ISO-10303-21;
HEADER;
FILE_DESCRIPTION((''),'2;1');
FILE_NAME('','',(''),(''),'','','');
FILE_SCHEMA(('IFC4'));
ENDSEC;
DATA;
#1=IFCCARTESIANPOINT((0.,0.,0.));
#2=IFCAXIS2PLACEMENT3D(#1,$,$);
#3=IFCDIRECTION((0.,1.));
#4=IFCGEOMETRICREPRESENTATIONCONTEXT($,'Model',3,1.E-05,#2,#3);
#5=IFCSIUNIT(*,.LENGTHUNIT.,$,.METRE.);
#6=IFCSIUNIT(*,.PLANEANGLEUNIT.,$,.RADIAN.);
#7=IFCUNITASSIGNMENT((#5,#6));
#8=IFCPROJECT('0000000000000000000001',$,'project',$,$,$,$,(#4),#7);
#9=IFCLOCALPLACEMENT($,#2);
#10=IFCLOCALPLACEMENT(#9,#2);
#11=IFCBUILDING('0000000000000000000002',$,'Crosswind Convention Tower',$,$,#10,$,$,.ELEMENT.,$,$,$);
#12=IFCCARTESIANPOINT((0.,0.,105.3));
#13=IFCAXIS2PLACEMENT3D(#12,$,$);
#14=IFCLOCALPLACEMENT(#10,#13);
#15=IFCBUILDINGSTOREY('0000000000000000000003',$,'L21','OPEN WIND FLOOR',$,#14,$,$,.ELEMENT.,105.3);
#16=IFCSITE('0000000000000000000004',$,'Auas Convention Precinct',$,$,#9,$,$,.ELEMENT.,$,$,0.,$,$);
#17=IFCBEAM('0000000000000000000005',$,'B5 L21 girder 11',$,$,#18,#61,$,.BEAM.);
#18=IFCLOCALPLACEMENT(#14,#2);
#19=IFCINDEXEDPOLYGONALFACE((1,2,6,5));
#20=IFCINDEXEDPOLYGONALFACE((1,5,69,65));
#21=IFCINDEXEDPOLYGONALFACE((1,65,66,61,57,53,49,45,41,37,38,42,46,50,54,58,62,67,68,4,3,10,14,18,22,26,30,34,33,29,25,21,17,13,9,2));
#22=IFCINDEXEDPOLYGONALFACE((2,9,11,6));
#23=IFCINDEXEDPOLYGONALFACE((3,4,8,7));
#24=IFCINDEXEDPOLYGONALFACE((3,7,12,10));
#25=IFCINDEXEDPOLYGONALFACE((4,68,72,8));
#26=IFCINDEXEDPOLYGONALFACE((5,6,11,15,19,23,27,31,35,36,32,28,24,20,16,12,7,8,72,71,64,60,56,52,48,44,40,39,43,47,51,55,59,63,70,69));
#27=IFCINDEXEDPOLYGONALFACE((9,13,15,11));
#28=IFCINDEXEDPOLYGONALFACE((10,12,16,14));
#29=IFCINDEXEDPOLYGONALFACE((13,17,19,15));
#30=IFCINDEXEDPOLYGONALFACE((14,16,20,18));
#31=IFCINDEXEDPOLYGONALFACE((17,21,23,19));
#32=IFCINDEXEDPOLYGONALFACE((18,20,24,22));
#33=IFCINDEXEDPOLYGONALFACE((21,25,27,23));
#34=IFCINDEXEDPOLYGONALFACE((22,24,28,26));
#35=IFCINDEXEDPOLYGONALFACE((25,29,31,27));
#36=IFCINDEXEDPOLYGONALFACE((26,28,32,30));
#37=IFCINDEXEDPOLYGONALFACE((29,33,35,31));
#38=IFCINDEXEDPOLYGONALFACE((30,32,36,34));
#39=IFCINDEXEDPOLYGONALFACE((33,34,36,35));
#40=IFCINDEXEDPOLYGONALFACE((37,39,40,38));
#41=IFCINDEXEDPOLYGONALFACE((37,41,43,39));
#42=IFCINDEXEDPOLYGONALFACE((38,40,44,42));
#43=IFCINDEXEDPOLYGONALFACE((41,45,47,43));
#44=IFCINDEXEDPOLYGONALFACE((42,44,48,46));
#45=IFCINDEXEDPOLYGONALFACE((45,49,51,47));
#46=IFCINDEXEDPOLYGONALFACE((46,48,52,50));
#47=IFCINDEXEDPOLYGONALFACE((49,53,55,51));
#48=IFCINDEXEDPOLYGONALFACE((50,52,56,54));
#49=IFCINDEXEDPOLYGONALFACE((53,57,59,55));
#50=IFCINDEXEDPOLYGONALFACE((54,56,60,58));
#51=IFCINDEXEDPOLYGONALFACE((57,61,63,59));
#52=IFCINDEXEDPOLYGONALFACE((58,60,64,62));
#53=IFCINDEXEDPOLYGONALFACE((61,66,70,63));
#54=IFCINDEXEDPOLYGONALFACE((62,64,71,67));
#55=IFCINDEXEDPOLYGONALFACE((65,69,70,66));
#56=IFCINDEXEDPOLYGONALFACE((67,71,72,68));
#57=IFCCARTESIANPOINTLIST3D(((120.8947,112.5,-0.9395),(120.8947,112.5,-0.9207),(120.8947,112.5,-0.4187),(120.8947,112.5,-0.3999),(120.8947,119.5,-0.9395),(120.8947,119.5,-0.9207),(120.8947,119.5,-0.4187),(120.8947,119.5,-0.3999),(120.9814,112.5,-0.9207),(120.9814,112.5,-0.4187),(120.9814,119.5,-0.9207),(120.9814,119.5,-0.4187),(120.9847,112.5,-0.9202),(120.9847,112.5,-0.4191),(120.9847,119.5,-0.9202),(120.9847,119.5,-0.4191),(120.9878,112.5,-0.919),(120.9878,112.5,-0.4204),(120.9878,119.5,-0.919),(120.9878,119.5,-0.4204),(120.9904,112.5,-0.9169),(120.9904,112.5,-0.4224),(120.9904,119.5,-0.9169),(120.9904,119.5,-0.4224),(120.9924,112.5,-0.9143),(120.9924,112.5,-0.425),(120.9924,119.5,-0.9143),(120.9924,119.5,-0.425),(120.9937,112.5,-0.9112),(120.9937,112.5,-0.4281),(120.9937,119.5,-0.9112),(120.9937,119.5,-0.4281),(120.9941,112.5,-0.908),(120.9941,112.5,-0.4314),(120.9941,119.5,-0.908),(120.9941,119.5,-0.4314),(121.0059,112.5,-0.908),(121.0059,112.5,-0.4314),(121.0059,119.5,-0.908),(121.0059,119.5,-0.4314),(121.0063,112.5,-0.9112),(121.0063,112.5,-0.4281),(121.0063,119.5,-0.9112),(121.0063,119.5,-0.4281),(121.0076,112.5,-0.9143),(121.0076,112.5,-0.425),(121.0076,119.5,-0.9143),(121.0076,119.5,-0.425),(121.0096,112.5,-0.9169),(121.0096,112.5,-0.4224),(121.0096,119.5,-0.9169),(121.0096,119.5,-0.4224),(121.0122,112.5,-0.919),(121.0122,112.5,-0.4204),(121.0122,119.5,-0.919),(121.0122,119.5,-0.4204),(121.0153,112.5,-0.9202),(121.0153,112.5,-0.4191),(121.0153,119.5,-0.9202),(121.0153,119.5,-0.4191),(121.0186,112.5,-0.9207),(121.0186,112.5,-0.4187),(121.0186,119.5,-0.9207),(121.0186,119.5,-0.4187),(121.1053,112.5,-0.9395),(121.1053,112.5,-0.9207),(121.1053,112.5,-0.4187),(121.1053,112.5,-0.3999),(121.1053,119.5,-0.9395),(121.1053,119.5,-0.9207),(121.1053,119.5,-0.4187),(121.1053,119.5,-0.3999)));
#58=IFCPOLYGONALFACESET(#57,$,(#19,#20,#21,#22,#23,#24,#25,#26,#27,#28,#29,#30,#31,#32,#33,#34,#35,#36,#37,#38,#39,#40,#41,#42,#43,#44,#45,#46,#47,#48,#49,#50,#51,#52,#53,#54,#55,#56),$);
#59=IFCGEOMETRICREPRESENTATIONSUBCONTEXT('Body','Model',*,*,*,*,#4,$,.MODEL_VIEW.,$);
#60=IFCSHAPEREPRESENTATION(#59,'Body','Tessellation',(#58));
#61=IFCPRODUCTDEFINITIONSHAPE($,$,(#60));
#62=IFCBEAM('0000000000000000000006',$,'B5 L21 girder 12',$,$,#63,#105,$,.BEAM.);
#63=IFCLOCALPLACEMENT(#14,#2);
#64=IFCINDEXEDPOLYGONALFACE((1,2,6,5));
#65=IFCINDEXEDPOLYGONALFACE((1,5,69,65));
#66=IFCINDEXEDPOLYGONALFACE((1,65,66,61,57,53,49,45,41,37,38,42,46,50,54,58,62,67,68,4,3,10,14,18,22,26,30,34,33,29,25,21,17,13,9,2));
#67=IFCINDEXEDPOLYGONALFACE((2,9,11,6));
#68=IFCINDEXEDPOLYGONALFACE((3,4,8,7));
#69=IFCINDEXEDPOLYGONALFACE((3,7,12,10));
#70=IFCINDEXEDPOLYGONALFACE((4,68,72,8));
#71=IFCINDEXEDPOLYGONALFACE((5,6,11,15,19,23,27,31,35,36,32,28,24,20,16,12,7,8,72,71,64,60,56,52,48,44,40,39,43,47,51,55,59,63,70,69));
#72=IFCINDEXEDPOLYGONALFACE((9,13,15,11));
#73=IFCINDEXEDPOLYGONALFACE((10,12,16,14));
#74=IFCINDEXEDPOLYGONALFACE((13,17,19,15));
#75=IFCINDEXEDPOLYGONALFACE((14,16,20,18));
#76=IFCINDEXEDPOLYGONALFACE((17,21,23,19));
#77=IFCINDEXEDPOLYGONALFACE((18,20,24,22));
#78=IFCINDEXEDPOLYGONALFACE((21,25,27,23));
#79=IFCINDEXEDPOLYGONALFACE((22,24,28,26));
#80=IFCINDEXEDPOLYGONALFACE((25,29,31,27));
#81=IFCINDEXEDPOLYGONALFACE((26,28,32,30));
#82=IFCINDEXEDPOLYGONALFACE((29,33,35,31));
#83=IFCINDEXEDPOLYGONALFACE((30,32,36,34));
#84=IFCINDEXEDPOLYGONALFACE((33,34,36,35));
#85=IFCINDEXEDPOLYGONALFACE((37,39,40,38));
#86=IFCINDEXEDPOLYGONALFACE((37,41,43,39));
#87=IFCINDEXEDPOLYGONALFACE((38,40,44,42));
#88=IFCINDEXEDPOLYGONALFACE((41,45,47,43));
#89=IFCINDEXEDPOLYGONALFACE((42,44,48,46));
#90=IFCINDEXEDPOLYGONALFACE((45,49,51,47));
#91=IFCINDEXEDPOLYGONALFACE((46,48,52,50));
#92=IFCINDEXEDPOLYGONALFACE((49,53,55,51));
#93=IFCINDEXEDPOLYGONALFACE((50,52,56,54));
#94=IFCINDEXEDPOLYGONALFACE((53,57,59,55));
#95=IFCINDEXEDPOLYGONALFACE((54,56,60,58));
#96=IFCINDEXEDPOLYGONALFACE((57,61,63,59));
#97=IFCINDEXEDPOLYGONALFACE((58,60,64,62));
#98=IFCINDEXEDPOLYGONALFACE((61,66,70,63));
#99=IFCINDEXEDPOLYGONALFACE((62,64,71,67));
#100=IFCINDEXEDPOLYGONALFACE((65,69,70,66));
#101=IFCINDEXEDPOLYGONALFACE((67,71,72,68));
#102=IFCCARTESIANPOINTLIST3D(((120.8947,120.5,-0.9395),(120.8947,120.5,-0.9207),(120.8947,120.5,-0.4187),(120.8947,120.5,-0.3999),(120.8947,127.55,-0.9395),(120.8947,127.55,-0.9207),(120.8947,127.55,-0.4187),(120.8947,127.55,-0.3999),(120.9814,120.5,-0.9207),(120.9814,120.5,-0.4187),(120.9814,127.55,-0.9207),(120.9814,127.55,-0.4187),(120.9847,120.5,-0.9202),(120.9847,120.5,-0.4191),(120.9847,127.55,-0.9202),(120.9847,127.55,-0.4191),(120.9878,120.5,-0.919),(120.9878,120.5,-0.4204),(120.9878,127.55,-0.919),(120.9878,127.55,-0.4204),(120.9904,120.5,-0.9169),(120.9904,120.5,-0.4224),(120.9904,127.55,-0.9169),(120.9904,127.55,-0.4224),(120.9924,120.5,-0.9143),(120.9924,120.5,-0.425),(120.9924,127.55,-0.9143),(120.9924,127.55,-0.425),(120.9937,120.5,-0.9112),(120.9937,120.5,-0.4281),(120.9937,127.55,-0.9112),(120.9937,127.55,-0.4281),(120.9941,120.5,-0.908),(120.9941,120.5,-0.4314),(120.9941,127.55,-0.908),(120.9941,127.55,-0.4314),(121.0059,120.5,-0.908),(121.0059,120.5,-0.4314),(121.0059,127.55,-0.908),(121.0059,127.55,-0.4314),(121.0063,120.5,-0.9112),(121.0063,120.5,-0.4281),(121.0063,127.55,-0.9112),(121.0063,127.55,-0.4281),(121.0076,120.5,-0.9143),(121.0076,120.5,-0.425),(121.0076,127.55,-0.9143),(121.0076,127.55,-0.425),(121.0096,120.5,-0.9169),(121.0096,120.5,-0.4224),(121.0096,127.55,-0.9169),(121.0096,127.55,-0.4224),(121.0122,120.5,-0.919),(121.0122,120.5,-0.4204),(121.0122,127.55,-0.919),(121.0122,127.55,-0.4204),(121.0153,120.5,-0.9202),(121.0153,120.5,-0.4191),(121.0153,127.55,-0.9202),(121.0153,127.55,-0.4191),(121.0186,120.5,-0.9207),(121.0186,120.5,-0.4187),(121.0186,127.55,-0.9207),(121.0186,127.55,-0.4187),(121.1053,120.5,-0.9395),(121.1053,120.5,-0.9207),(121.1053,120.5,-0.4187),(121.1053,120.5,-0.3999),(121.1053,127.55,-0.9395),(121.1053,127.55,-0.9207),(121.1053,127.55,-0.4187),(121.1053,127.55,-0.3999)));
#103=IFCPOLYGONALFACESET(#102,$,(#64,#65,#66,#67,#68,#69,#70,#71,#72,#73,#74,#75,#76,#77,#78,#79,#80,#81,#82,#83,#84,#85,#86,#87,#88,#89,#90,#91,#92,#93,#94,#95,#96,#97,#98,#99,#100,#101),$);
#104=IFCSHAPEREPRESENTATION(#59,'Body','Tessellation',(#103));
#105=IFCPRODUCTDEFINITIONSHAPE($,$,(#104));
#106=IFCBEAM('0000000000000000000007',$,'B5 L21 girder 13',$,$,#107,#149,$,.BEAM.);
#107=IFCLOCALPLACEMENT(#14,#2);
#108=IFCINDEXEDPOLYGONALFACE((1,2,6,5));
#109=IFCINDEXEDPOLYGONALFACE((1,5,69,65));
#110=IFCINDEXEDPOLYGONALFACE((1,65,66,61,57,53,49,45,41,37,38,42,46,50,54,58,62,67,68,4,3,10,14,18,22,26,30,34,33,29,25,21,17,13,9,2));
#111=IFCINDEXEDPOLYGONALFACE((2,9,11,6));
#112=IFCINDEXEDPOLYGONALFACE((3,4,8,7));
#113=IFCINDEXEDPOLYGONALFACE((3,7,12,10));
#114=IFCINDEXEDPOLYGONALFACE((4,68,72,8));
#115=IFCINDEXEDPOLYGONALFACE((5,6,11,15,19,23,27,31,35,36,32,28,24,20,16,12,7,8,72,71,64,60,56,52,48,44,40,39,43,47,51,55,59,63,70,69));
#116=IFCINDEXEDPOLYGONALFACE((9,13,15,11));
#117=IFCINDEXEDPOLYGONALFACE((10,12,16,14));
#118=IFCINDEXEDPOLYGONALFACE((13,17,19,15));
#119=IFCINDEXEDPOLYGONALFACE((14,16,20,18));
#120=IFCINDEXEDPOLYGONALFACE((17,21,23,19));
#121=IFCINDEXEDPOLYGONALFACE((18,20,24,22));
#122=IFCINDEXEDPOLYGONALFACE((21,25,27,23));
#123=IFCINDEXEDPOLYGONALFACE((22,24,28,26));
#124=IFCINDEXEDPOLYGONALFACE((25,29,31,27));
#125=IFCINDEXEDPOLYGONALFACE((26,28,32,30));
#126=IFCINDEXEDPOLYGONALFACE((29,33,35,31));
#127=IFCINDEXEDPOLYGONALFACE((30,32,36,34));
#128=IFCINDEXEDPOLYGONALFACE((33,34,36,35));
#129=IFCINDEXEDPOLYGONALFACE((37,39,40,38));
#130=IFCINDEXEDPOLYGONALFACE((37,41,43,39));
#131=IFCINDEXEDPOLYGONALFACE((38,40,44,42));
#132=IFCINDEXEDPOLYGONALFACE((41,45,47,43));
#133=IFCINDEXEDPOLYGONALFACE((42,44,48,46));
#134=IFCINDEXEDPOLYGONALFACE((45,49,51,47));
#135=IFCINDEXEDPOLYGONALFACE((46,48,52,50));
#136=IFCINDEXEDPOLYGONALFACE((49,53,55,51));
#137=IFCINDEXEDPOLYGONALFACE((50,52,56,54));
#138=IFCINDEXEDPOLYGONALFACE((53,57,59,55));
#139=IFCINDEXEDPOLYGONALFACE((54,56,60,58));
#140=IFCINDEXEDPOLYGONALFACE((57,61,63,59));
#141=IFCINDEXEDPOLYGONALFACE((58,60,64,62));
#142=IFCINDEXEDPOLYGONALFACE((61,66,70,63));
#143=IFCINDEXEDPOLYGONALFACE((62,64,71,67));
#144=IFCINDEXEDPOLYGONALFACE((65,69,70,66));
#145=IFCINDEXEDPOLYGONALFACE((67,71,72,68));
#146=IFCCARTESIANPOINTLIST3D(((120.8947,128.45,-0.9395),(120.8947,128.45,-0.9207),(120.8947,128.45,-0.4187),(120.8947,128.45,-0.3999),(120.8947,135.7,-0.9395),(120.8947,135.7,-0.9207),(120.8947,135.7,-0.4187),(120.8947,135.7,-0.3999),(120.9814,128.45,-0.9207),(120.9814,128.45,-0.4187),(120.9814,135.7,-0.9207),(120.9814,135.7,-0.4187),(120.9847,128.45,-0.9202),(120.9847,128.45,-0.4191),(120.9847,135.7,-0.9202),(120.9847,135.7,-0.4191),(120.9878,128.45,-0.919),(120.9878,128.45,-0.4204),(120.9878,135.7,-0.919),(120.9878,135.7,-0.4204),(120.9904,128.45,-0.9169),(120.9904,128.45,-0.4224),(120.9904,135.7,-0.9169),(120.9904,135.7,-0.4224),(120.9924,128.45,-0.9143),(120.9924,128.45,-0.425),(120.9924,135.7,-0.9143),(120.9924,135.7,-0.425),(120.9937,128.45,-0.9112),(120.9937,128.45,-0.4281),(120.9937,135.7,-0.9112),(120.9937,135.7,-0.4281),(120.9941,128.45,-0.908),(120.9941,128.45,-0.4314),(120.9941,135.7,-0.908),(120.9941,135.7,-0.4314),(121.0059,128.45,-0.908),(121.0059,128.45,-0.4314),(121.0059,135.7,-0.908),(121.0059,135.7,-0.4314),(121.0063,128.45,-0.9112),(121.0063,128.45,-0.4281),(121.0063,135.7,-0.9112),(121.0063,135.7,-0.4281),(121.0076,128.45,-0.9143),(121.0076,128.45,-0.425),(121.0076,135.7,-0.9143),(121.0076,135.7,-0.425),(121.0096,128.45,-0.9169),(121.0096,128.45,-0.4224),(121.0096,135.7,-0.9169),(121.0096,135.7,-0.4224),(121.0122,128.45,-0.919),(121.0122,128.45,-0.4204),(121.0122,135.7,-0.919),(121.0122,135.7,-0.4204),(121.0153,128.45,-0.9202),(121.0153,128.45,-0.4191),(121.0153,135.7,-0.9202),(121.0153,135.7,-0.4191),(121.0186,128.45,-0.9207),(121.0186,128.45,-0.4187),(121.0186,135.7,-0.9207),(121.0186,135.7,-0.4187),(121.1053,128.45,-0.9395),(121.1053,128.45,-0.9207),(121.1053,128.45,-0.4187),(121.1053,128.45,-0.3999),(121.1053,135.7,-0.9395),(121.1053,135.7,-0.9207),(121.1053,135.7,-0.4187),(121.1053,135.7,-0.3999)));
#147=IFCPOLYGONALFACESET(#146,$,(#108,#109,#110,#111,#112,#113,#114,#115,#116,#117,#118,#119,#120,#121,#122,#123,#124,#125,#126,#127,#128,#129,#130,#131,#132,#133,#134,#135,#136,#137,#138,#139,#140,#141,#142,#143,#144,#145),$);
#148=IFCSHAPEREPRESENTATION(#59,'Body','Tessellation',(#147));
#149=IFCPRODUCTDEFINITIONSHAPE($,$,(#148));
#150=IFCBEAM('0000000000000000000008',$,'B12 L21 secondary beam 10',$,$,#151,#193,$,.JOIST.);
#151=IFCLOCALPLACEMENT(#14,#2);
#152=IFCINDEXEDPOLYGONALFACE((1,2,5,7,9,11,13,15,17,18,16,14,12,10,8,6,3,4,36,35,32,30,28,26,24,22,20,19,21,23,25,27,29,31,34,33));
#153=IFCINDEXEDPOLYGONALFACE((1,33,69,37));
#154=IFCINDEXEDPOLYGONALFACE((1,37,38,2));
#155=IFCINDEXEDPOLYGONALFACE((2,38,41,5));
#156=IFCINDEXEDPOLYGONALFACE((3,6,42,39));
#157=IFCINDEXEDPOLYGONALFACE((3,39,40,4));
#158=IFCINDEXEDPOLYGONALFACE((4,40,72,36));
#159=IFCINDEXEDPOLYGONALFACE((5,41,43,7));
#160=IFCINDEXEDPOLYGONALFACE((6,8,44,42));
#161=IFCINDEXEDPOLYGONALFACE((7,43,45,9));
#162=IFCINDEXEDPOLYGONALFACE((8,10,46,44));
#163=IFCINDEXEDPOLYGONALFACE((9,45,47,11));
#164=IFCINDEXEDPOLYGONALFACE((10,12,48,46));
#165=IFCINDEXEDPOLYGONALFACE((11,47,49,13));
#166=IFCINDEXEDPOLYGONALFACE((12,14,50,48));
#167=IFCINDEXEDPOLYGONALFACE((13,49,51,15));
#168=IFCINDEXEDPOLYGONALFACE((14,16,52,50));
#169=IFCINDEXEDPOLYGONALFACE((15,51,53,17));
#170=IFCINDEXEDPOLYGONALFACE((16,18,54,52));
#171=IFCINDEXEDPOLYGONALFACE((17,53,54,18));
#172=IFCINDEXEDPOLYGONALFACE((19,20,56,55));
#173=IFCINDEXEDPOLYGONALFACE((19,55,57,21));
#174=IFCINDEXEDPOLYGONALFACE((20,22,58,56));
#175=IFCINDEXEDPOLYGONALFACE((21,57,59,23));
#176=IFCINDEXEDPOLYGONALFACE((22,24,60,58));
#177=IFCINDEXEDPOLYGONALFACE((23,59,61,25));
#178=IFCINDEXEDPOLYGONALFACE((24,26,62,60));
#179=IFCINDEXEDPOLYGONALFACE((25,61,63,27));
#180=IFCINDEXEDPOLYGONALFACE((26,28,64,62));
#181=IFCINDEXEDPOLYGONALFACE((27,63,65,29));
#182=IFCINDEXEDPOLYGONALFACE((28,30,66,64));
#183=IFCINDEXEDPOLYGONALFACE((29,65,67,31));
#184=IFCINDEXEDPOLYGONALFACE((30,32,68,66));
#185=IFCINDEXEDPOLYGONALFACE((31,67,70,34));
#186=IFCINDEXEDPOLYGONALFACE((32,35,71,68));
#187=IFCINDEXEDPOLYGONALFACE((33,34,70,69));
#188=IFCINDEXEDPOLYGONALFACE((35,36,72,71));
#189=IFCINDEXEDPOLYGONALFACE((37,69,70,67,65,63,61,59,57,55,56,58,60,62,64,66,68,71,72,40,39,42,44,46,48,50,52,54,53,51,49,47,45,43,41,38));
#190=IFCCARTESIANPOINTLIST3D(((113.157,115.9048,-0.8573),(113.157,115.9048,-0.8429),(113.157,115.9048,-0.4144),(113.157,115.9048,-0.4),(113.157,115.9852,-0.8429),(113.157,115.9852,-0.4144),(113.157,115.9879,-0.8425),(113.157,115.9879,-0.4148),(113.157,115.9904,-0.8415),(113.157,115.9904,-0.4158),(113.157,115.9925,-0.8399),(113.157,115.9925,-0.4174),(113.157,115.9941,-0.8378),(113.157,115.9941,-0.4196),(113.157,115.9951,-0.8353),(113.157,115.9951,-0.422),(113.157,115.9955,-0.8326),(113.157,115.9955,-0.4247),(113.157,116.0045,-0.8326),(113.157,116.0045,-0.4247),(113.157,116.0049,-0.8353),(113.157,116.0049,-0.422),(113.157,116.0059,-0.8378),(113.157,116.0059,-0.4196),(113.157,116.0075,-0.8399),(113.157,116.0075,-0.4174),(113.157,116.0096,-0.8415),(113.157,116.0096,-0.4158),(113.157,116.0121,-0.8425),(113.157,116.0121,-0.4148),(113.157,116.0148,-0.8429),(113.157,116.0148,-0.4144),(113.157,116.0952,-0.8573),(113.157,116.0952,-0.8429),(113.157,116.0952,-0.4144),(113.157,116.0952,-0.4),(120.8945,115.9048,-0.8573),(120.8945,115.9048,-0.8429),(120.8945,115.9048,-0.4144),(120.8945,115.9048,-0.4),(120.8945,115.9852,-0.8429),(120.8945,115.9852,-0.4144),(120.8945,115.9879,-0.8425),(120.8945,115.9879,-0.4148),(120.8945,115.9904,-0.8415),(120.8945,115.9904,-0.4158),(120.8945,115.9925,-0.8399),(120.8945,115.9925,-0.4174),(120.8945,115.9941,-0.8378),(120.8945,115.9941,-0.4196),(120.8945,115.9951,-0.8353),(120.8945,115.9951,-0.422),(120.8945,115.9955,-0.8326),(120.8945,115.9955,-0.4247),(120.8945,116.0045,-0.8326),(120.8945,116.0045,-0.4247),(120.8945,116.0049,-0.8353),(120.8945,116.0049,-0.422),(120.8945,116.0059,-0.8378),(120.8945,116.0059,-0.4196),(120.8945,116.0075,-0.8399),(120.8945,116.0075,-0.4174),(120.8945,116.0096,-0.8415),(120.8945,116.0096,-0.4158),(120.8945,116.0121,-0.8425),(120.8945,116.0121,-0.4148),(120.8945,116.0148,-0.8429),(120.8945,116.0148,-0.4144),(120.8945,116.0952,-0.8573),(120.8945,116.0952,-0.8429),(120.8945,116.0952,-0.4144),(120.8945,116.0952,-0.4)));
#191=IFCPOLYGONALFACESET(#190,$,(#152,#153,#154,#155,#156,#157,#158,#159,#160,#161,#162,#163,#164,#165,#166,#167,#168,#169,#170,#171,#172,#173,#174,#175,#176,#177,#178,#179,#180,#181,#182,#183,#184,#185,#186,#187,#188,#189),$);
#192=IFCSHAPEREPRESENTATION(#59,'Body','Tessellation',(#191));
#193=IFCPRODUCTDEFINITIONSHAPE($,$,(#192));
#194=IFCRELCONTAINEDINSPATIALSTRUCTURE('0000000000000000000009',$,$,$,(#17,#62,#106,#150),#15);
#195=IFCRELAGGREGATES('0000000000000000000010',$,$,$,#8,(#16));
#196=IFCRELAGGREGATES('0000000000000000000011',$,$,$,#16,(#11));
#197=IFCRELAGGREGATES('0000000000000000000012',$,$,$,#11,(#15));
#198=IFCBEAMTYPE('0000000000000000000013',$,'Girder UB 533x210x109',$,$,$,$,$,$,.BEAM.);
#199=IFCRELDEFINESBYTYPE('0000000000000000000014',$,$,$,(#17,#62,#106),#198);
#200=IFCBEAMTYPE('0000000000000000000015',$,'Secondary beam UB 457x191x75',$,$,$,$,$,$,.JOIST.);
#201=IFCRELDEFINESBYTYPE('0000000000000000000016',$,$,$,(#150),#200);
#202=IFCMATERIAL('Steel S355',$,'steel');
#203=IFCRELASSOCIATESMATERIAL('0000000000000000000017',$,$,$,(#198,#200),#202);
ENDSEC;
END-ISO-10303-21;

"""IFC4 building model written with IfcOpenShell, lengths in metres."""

from ifc_helpers import new_model, si_unit, direction, frame, origin, origin_2d, place, context, subcontext, project, spatial, i_section, extrude, material, material_profile, profile_set, type_object, element, save


model = new_model("IFC4")

# Units and contexts
model_context = context("Model", 3, precision=1e-05, world=origin(), true_north=direction((0.0, 1.0)))
body_context = subcontext(model_context, "Body", "Model", "MODEL_VIEW")
ifc_project = project(units=[si_unit("LENGTHUNIT", "METRE"), si_unit("PLANEANGLEUNIT", "RADIAN")], contexts=[model_context])

# Site, building, storey
site_placement = place(None, origin())
site = spatial("IfcSite", under=ifc_project, at=site_placement, Name="Auas Convention Precinct", CompositionType="ELEMENT", RefElevation=0.0)
building_placement = place(site_placement, origin())
building = spatial("IfcBuilding", under=site, at=building_placement, Name="Crosswind Convention Tower", CompositionType="ELEMENT")
storey_placement = place(building_placement, frame((0.0, 0.0, 105.3)))
storey = spatial("IfcBuildingStorey", under=building, at=storey_placement, Name="L21", Description="OPEN WIND FLOOR", CompositionType="ELEMENT", Elevation=105.3)

# Beams
ifc_material_1 = material(Name="Steel S355", Category="steel")
ifc_material_profile_1 = material_profile(ifc_material_1, i_section(OverallWidth=0.2107, OverallDepth=0.5396, WebThickness=0.0117, FlangeThickness=0.0188, FilletRadius=0.0127, at=origin_2d()), Name="UB 533x210x109")
ifc_profile_set_1 = profile_set([ifc_material_profile_1], Name="Steel S355")
beam_type_1 = type_object("IfcBeamType", Name="Girder UB 533x210x109", PredefinedType="BEAM", material=ifc_profile_set_1)
beam_1_placement = place(storey_placement, frame((121.0, 112.5, -0.6697), z_axis=(0.0, 1.0, 0.0), x_axis=(-1.0, 0.0, 0.0)))
element("IfcBeam", 1, at=beam_1_placement, inside=storey, type_object=beam_type_1, Name="B5 L21 girder 11", PredefinedType="BEAM", context=body_context, shape_type="SweptSolid", body=[
    extrude(i_section(OverallWidth=0.2107, OverallDepth=0.5396, WebThickness=0.0117, FlangeThickness=0.0188, FilletRadius=0.0127, at=origin_2d()), origin(), (0.0, 0.0, 1.0), 7.0),
])
beam_2_placement = place(storey_placement, frame((121.0, 120.5, -0.6697), z_axis=(0.0, 1.0, 0.0), x_axis=(-1.0, 0.0, 0.0)))
element("IfcBeam", 2, at=beam_2_placement, inside=storey, type_object=beam_type_1, Name="B5 L21 girder 12", PredefinedType="BEAM", context=body_context, shape_type="SweptSolid", body=[
    extrude(i_section(OverallWidth=0.2107, OverallDepth=0.5396, WebThickness=0.0117, FlangeThickness=0.0188, FilletRadius=0.0127, at=origin_2d()), origin(), (0.0, 0.0, 1.0), 7.05),
])
beam_3_placement = place(storey_placement, frame((121.0, 128.45, -0.6697), z_axis=(0.0, 1.0, 0.0), x_axis=(-1.0, 0.0, 0.0)))
element("IfcBeam", 3, at=beam_3_placement, inside=storey, type_object=beam_type_1, Name="B5 L21 girder 13", PredefinedType="BEAM", context=body_context, shape_type="SweptSolid", body=[
    extrude(i_section(OverallWidth=0.2107, OverallDepth=0.5396, WebThickness=0.0117, FlangeThickness=0.0188, FilletRadius=0.0127, at=origin_2d()), origin(), (0.0, 0.0, 1.0), 7.25),
])
ifc_material_profile_2 = material_profile(ifc_material_1, i_section(OverallWidth=0.1904, OverallDepth=0.4573, WebThickness=0.009, FlangeThickness=0.0144, FilletRadius=0.0103, at=origin_2d()), Name="UB 457x191x75")
ifc_profile_set_2 = profile_set([ifc_material_profile_2], Name="Steel S355")
beam_type_2 = type_object("IfcBeamType", Name="Secondary beam UB 457x191x75", PredefinedType="JOIST", material=ifc_profile_set_2)
for number, where, z_axis, x_axis, name in (
    (4, (113.157, 116.0, -0.6287), (1.0, 0.0, 0.0), (0.0, 1.0, 0.0), "B12 L21 secondary beam 10"),
):
    element("IfcBeam", number, at=place(storey_placement, frame(where, z_axis=z_axis, x_axis=x_axis)), inside=storey, type_object=beam_type_2, Name=name, PredefinedType="JOIST", context=body_context, shape_type="SweptSolid", body=[
        extrude(i_section(OverallWidth=0.1904, OverallDepth=0.4573, WebThickness=0.009, FlangeThickness=0.0144, FilletRadius=0.0103, at=origin_2d()), origin(), (0.0, 0.0, 1.0), 7.7375),
    ])

save(model, "model.ifc")
